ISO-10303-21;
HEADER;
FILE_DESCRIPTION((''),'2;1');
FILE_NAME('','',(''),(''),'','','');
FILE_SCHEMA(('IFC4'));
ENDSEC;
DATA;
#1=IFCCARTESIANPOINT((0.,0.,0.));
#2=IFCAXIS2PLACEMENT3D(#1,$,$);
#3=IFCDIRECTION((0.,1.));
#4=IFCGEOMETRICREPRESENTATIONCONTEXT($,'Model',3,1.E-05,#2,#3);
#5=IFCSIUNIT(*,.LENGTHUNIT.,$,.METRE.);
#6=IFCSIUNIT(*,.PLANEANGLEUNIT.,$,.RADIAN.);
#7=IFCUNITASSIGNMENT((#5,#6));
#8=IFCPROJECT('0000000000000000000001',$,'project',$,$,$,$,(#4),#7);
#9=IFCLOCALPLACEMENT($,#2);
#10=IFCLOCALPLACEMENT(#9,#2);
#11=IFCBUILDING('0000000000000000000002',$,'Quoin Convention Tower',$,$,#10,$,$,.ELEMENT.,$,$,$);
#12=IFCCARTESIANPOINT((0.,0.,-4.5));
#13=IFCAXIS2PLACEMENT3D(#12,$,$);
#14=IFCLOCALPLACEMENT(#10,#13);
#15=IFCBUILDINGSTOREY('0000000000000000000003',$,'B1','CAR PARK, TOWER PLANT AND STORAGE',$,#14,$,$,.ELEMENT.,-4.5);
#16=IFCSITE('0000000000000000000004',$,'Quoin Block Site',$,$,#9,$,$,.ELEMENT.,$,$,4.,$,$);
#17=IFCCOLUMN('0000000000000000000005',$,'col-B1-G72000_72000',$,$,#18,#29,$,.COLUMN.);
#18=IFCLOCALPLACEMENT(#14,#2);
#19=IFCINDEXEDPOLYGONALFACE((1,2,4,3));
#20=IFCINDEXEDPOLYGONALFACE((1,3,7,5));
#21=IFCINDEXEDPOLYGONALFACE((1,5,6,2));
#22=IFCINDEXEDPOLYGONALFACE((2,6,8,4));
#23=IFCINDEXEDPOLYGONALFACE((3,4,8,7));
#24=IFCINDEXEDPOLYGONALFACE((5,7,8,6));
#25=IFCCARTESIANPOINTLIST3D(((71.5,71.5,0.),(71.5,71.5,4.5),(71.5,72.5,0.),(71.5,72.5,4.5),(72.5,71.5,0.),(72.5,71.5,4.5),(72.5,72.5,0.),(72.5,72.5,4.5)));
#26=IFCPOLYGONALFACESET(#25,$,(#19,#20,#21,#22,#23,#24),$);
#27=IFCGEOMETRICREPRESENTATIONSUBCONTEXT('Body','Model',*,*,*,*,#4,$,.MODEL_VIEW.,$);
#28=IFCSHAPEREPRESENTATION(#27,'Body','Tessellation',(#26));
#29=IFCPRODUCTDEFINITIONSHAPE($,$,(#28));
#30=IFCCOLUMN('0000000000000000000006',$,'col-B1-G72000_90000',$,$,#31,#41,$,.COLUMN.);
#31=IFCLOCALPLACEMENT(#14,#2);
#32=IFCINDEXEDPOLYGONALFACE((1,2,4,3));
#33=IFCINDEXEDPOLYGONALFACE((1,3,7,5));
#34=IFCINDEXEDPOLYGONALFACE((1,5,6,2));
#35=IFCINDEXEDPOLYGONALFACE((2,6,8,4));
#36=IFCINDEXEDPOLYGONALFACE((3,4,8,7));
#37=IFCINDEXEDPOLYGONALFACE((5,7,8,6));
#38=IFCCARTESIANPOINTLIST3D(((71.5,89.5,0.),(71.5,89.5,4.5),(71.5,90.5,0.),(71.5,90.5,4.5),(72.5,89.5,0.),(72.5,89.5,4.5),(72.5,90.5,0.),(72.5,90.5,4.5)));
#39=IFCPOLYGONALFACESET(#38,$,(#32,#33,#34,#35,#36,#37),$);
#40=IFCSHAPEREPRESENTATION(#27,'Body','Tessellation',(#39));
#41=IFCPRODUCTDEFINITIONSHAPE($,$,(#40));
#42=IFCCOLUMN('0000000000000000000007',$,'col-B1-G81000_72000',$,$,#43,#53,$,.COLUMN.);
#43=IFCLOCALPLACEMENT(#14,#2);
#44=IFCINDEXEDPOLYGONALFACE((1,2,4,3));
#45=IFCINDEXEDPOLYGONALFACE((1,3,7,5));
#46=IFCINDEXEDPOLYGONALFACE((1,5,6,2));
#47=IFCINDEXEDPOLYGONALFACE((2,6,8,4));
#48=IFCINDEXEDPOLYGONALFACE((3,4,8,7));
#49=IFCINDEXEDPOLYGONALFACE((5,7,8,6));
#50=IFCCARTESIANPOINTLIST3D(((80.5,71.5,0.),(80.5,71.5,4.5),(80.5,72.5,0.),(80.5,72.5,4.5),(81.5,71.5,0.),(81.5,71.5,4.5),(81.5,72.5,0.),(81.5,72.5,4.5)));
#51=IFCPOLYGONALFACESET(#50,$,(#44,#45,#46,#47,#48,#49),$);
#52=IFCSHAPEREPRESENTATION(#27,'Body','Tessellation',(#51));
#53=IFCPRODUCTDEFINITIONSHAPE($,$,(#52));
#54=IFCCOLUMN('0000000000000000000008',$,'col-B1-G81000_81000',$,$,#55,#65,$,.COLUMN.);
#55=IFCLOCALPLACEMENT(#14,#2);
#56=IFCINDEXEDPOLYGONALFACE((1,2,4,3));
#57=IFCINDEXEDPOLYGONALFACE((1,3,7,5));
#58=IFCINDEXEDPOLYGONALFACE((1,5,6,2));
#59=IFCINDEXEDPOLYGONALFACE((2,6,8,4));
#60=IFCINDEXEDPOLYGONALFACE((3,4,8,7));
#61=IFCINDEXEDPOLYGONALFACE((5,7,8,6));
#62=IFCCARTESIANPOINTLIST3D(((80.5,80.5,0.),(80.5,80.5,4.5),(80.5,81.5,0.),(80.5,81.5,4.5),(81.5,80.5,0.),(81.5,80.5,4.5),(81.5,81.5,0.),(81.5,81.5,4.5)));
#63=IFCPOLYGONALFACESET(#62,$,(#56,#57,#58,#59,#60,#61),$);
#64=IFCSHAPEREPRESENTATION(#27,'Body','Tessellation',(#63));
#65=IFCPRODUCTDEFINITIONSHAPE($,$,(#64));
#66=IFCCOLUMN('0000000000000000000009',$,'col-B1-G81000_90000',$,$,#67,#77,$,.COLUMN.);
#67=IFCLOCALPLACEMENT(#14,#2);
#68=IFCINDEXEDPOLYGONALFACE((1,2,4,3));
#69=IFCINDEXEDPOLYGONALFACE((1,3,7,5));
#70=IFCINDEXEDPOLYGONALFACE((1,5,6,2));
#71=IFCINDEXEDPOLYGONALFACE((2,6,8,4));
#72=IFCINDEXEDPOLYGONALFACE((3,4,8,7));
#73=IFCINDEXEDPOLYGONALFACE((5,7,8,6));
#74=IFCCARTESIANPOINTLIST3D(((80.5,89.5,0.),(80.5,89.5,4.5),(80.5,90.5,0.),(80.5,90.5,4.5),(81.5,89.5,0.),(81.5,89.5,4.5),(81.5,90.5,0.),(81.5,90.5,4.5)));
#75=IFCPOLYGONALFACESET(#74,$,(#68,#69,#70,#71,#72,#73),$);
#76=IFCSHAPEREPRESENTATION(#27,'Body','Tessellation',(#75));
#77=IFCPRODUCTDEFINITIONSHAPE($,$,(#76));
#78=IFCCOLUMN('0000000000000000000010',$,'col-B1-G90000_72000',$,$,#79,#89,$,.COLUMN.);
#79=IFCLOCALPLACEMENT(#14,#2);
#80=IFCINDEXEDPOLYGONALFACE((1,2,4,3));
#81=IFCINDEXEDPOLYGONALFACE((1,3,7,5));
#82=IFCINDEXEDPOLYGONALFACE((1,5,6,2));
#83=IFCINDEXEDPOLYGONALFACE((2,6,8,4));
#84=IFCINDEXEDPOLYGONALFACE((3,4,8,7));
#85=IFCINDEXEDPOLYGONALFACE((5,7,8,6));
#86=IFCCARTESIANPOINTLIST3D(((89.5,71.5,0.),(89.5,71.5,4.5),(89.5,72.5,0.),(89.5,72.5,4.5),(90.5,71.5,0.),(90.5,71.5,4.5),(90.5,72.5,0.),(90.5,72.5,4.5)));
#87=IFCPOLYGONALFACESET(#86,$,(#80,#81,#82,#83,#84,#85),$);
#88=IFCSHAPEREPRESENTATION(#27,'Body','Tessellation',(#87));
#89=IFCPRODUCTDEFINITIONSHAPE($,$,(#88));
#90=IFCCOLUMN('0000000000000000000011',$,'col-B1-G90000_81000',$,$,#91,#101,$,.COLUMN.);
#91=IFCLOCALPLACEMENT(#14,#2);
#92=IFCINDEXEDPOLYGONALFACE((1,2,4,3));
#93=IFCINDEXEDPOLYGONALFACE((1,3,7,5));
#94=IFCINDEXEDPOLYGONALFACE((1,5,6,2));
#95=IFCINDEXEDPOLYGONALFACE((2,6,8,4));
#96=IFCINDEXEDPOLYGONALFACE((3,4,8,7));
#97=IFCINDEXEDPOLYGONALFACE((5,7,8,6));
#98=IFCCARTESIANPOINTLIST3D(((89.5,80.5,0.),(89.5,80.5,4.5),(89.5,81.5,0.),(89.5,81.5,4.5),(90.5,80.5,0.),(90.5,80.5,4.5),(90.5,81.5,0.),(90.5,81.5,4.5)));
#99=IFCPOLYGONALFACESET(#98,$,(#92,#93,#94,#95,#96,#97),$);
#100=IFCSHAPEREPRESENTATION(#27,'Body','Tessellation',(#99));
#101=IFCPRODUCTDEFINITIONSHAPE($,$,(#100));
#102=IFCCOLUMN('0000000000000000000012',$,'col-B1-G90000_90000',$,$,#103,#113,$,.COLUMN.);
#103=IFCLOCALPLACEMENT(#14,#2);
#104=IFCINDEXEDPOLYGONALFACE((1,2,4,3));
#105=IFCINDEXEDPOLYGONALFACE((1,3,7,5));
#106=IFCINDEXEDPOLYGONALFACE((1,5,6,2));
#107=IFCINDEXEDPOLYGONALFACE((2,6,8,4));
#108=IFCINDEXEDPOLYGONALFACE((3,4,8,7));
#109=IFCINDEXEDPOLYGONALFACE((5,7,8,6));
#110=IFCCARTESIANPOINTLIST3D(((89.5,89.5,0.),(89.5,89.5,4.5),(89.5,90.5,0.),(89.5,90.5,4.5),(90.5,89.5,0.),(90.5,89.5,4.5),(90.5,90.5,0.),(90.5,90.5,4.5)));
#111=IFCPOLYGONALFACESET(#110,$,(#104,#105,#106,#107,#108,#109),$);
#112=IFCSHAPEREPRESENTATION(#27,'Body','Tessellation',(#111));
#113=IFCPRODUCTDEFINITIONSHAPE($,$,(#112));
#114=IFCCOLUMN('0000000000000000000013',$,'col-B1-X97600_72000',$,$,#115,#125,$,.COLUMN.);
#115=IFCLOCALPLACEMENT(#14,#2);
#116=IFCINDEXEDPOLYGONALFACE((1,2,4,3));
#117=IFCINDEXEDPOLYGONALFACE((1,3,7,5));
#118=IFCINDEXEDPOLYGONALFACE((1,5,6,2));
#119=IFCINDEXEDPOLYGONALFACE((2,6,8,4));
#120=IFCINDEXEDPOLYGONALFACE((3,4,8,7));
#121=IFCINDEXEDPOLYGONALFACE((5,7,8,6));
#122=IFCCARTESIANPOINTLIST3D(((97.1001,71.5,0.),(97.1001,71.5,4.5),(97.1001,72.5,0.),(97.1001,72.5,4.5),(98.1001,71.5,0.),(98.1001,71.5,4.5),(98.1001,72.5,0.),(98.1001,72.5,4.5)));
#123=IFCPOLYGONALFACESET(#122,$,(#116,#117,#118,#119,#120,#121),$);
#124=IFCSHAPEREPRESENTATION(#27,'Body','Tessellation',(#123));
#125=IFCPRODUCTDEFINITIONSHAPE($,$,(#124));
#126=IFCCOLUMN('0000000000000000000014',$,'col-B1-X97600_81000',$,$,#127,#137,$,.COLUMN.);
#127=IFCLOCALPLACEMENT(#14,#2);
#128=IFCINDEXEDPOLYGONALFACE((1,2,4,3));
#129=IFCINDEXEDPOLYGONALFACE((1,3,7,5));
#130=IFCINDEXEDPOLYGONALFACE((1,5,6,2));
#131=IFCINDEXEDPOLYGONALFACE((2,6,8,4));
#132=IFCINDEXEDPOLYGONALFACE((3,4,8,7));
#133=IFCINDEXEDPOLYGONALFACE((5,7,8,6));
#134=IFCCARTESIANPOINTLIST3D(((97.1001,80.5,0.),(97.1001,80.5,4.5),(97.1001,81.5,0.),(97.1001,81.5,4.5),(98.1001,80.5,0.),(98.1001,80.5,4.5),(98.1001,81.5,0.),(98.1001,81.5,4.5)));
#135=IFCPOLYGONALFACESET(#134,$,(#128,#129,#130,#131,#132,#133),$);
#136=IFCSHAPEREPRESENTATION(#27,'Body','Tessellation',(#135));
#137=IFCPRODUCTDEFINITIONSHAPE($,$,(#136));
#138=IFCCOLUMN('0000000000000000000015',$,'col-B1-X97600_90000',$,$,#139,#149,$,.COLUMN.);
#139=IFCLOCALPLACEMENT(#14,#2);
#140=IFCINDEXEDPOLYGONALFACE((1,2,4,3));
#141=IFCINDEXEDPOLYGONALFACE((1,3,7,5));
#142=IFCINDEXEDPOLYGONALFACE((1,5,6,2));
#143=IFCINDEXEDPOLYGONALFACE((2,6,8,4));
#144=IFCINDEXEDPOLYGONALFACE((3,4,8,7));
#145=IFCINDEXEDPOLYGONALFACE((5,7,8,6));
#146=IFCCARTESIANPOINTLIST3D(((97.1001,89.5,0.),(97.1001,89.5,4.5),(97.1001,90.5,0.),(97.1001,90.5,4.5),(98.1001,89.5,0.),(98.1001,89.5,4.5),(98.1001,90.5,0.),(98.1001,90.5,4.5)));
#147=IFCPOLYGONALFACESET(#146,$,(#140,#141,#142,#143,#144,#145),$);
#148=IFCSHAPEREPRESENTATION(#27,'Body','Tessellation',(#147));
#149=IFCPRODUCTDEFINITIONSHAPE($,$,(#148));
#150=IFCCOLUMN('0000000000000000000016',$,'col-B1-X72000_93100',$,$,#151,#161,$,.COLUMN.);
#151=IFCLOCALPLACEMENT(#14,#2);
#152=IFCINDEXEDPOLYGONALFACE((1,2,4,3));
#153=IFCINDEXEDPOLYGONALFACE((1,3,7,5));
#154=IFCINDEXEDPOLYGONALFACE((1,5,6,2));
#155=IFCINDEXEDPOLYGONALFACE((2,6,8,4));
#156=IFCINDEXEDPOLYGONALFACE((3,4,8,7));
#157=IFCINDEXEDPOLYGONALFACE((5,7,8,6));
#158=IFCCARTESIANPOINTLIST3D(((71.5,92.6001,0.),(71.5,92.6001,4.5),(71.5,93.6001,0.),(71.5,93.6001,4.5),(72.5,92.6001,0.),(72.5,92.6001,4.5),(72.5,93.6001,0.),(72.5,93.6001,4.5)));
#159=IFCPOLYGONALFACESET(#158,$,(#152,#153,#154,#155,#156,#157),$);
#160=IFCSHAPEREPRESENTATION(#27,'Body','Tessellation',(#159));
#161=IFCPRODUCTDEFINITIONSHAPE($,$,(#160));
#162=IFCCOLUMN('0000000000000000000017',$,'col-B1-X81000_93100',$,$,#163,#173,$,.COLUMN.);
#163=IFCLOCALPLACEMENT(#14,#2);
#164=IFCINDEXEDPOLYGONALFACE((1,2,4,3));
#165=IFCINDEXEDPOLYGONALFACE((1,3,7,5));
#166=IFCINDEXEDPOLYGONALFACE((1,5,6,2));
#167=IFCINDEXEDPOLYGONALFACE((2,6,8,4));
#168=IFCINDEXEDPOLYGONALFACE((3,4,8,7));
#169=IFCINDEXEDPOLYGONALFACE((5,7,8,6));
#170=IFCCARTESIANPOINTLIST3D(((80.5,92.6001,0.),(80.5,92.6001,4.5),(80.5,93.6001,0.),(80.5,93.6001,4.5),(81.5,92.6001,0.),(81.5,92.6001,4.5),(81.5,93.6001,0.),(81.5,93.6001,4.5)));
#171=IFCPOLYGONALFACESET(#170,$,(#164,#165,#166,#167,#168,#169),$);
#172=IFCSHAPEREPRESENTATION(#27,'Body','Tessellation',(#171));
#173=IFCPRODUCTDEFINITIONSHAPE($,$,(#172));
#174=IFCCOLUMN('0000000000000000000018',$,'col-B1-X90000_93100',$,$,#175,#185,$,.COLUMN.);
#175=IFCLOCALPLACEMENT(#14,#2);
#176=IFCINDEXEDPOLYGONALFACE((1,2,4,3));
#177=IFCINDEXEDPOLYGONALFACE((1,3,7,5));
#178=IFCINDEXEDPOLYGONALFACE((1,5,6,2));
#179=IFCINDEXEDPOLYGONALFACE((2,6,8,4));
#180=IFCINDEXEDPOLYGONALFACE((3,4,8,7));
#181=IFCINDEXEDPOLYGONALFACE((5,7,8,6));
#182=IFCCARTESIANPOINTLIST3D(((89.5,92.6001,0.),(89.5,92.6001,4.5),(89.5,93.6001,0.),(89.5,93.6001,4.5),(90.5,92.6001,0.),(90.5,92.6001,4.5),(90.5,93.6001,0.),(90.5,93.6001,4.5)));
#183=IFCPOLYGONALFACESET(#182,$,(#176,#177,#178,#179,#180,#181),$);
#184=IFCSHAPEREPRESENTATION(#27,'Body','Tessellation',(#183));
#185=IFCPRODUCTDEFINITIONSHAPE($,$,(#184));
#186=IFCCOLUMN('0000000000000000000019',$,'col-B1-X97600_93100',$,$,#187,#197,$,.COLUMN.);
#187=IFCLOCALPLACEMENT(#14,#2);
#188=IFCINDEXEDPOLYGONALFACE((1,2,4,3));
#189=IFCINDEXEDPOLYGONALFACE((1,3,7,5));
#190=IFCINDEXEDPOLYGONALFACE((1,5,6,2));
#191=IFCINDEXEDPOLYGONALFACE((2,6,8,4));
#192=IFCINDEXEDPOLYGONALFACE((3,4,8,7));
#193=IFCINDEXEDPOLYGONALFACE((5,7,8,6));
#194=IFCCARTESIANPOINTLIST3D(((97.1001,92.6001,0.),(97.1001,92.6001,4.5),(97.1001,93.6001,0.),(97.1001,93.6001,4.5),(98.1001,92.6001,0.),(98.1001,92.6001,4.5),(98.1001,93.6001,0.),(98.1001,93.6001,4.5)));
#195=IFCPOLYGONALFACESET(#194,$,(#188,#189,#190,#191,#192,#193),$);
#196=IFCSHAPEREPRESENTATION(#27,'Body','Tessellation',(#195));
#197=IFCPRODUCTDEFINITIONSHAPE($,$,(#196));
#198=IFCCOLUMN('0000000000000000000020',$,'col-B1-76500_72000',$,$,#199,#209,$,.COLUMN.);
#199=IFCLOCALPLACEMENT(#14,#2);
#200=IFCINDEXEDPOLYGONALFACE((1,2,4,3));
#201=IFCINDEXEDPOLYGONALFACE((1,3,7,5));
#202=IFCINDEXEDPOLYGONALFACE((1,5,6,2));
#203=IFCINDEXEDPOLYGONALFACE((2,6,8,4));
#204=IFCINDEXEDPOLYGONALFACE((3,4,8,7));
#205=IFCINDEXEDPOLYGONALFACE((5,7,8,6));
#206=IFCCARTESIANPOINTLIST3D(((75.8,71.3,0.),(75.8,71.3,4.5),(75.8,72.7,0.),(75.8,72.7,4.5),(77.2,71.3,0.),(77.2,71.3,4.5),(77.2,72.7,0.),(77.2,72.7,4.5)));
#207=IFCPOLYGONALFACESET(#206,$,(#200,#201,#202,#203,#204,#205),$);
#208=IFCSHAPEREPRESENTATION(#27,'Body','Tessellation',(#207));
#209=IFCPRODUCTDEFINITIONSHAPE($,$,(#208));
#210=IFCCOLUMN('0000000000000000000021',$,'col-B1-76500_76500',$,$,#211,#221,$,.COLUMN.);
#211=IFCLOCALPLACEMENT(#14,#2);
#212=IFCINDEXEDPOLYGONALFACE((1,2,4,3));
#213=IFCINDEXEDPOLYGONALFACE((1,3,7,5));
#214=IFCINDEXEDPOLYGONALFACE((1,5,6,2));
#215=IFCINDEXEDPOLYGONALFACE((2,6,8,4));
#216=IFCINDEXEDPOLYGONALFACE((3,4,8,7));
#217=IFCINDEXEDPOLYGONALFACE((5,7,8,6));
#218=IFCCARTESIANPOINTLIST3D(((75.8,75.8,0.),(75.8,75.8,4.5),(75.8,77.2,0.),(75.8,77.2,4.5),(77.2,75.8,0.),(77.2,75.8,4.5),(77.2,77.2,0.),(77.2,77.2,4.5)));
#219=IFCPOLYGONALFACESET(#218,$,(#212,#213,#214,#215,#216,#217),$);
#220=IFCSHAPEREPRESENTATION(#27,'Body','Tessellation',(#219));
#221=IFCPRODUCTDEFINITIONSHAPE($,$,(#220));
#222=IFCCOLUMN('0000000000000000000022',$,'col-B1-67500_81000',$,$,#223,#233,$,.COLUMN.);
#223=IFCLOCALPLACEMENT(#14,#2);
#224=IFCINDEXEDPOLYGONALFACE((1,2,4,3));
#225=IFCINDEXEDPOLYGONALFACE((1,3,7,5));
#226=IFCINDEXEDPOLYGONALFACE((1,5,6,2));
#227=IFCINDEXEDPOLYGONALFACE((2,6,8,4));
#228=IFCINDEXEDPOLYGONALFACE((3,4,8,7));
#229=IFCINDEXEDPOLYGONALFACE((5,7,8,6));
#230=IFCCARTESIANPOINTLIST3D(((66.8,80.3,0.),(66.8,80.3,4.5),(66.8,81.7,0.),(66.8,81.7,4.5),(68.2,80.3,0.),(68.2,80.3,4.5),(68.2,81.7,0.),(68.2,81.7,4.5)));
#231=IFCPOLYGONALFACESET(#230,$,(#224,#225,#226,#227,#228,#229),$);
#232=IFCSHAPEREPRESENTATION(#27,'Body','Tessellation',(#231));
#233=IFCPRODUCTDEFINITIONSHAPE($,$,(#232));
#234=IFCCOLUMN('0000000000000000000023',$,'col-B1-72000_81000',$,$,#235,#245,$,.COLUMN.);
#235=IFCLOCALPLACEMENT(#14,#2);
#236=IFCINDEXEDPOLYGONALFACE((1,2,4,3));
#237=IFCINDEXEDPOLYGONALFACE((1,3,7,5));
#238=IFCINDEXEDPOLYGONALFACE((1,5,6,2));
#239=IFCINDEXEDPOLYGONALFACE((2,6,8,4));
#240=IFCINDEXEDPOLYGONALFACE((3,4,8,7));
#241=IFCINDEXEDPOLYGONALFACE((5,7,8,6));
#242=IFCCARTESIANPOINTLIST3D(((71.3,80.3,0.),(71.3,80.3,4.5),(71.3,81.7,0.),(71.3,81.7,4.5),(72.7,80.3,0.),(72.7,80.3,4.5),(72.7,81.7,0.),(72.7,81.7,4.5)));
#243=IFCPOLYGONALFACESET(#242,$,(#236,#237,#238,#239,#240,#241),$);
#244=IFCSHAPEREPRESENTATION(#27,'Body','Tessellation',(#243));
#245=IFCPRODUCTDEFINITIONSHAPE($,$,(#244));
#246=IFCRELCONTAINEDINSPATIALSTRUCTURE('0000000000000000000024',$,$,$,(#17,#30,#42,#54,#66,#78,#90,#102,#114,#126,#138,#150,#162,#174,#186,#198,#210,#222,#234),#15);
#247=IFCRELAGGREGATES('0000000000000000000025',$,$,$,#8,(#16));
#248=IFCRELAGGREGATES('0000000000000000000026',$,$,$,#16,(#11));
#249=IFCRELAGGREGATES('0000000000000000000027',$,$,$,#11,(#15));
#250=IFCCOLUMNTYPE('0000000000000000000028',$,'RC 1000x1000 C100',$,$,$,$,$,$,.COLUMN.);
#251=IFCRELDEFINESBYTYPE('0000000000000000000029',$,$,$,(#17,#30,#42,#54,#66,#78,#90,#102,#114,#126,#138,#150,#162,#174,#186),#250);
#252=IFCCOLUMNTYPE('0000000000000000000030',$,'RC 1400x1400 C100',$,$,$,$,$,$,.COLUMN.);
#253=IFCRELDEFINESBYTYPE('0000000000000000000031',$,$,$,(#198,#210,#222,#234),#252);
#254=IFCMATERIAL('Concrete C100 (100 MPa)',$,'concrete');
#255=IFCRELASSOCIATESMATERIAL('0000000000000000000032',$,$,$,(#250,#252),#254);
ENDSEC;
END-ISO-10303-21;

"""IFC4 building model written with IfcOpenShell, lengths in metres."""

from ifc_helpers import new_model, si_unit, direction, frame, origin, origin_2d, place, context, subcontext, project, spatial, rectangle, extrude, material, material_profile, profile_set, type_object, element, save


model = new_model("IFC4")

# Units and contexts
model_context = context("Model", 3, precision=1e-05, world=origin(), true_north=direction((0.0, 1.0)))
body_context = subcontext(model_context, "Body", "Model", "MODEL_VIEW")
ifc_project = project(units=[si_unit("LENGTHUNIT", "METRE"), si_unit("PLANEANGLEUNIT", "RADIAN")], contexts=[model_context])

# Site, building, storey
site_placement = place(None, origin())
site = spatial("IfcSite", under=ifc_project, at=site_placement, Name="Quoin Block Site", CompositionType="ELEMENT", RefElevation=4.0)
building_placement = place(site_placement, origin())
building = spatial("IfcBuilding", under=site, at=building_placement, Name="Quoin Convention Tower", CompositionType="ELEMENT")
storey_placement = place(building_placement, frame((0.0, 0.0, -4.5)))
storey = spatial("IfcBuildingStorey", under=building, at=storey_placement, Name="B1", Description="CAR PARK, TOWER PLANT AND STORAGE", CompositionType="ELEMENT", Elevation=-4.5)

# Columns
ifc_material_1 = material(Name="Concrete C100 (100 MPa)", Category="concrete")
ifc_material_profile_1 = material_profile(ifc_material_1, rectangle(XDim=1.0, YDim=1.0, at=origin_2d()), Name="RC 1000x1000")
ifc_profile_set_1 = profile_set([ifc_material_profile_1], Name="Concrete C100 (100 MPa)")
column_type_1 = type_object("IfcColumnType", Name="RC 1000x1000 C100", PredefinedType="COLUMN", material=ifc_profile_set_1)
for number, where, z_axis, x_axis, name in (
    (1, (72.0, 72.0, 0.0), (0.0, 0.0, 1.0), (1.0, 0.0, 0.0), "col-B1-G72000_72000"),
    (2, (72.0, 90.0, 0.0), (0.0, 0.0, 1.0), (1.0, 0.0, 0.0), "col-B1-G72000_90000"),
    (3, (81.0, 72.0, 0.0), (0.0, 0.0, 1.0), (1.0, 0.0, 0.0), "col-B1-G81000_72000"),
    (4, (81.0, 81.0, 0.0), (0.0, 0.0, 1.0), (1.0, 0.0, 0.0), "col-B1-G81000_81000"),
    (5, (81.0, 90.0, 0.0), (0.0, 0.0, 1.0), (1.0, 0.0, 0.0), "col-B1-G81000_90000"),
    (6, (90.0, 72.0, 0.0), (0.0, 0.0, 1.0), (1.0, 0.0, 0.0), "col-B1-G90000_72000"),
    (7, (90.0, 81.0, 0.0), (0.0, 0.0, 1.0), (1.0, 0.0, 0.0), "col-B1-G90000_81000"),
    (8, (90.0, 90.0, 0.0), (0.0, 0.0, 1.0), (1.0, 0.0, 0.0), "col-B1-G90000_90000"),
    (9, (97.6001, 72.0, 0.0), (0.0, 0.0, 1.0), (1.0, 0.0, 0.0), "col-B1-X97600_72000"),
    (10, (97.6001, 81.0, 0.0), (0.0, 0.0, 1.0), (1.0, 0.0, 0.0), "col-B1-X97600_81000"),
    (11, (97.6001, 90.0, 0.0), (0.0, 0.0, 1.0), (1.0, 0.0, 0.0), "col-B1-X97600_90000"),
    (12, (72.0, 93.1001, 0.0), (0.0, 0.0, 1.0), (1.0, 0.0, 0.0), "col-B1-X72000_93100"),
    (13, (81.0, 93.1001, 0.0), (0.0, 0.0, 1.0), (1.0, 0.0, 0.0), "col-B1-X81000_93100"),
    (14, (90.0, 93.1001, 0.0), (0.0, 0.0, 1.0), (1.0, 0.0, 0.0), "col-B1-X90000_93100"),
    (15, (97.6001, 93.1001, 0.0), (0.0, 0.0, 1.0), (1.0, 0.0, 0.0), "col-B1-X97600_93100"),
):
    element("IfcColumn", number, at=place(storey_placement, frame(where, z_axis=z_axis, x_axis=x_axis)), inside=storey, type_object=column_type_1, Name=name, PredefinedType="COLUMN", context=body_context, shape_type="SweptSolid", body=[
        extrude(rectangle(XDim=1.0, YDim=1.0, at=origin_2d()), origin(), (0.0, 0.0, 1.0), 4.5),
    ])
ifc_material_profile_2 = material_profile(ifc_material_1, rectangle(XDim=1.3999, YDim=1.3999, at=origin_2d()), Name="RC 1400x1400")
ifc_profile_set_2 = profile_set([ifc_material_profile_2], Name="Concrete C100 (100 MPa)")
column_type_2 = type_object("IfcColumnType", Name="RC 1400x1400 C100", PredefinedType="COLUMN", material=ifc_profile_set_2)
for number, where, z_axis, x_axis, name in (
    (16, (76.5, 72.0, 0.0), (0.0, 0.0, 1.0), (1.0, 0.0, 0.0), "col-B1-76500_72000"),
    (17, (76.5, 76.5, 0.0), (0.0, 0.0, 1.0), (1.0, 0.0, 0.0), "col-B1-76500_76500"),
    (18, (67.5, 81.0, 0.0), (0.0, 0.0, 1.0), (1.0, 0.0, 0.0), "col-B1-67500_81000"),
    (19, (72.0, 81.0, 0.0), (0.0, 0.0, 1.0), (1.0, 0.0, 0.0), "col-B1-72000_81000"),
):
    element("IfcColumn", number, at=place(storey_placement, frame(where, z_axis=z_axis, x_axis=x_axis)), inside=storey, type_object=column_type_2, Name=name, PredefinedType="COLUMN", context=body_context, shape_type="SweptSolid", body=[
        extrude(rectangle(XDim=1.3999, YDim=1.3999, at=origin_2d()), origin(), (0.0, 0.0, 1.0), 4.5),
    ])

save(model, "model.ifc")
